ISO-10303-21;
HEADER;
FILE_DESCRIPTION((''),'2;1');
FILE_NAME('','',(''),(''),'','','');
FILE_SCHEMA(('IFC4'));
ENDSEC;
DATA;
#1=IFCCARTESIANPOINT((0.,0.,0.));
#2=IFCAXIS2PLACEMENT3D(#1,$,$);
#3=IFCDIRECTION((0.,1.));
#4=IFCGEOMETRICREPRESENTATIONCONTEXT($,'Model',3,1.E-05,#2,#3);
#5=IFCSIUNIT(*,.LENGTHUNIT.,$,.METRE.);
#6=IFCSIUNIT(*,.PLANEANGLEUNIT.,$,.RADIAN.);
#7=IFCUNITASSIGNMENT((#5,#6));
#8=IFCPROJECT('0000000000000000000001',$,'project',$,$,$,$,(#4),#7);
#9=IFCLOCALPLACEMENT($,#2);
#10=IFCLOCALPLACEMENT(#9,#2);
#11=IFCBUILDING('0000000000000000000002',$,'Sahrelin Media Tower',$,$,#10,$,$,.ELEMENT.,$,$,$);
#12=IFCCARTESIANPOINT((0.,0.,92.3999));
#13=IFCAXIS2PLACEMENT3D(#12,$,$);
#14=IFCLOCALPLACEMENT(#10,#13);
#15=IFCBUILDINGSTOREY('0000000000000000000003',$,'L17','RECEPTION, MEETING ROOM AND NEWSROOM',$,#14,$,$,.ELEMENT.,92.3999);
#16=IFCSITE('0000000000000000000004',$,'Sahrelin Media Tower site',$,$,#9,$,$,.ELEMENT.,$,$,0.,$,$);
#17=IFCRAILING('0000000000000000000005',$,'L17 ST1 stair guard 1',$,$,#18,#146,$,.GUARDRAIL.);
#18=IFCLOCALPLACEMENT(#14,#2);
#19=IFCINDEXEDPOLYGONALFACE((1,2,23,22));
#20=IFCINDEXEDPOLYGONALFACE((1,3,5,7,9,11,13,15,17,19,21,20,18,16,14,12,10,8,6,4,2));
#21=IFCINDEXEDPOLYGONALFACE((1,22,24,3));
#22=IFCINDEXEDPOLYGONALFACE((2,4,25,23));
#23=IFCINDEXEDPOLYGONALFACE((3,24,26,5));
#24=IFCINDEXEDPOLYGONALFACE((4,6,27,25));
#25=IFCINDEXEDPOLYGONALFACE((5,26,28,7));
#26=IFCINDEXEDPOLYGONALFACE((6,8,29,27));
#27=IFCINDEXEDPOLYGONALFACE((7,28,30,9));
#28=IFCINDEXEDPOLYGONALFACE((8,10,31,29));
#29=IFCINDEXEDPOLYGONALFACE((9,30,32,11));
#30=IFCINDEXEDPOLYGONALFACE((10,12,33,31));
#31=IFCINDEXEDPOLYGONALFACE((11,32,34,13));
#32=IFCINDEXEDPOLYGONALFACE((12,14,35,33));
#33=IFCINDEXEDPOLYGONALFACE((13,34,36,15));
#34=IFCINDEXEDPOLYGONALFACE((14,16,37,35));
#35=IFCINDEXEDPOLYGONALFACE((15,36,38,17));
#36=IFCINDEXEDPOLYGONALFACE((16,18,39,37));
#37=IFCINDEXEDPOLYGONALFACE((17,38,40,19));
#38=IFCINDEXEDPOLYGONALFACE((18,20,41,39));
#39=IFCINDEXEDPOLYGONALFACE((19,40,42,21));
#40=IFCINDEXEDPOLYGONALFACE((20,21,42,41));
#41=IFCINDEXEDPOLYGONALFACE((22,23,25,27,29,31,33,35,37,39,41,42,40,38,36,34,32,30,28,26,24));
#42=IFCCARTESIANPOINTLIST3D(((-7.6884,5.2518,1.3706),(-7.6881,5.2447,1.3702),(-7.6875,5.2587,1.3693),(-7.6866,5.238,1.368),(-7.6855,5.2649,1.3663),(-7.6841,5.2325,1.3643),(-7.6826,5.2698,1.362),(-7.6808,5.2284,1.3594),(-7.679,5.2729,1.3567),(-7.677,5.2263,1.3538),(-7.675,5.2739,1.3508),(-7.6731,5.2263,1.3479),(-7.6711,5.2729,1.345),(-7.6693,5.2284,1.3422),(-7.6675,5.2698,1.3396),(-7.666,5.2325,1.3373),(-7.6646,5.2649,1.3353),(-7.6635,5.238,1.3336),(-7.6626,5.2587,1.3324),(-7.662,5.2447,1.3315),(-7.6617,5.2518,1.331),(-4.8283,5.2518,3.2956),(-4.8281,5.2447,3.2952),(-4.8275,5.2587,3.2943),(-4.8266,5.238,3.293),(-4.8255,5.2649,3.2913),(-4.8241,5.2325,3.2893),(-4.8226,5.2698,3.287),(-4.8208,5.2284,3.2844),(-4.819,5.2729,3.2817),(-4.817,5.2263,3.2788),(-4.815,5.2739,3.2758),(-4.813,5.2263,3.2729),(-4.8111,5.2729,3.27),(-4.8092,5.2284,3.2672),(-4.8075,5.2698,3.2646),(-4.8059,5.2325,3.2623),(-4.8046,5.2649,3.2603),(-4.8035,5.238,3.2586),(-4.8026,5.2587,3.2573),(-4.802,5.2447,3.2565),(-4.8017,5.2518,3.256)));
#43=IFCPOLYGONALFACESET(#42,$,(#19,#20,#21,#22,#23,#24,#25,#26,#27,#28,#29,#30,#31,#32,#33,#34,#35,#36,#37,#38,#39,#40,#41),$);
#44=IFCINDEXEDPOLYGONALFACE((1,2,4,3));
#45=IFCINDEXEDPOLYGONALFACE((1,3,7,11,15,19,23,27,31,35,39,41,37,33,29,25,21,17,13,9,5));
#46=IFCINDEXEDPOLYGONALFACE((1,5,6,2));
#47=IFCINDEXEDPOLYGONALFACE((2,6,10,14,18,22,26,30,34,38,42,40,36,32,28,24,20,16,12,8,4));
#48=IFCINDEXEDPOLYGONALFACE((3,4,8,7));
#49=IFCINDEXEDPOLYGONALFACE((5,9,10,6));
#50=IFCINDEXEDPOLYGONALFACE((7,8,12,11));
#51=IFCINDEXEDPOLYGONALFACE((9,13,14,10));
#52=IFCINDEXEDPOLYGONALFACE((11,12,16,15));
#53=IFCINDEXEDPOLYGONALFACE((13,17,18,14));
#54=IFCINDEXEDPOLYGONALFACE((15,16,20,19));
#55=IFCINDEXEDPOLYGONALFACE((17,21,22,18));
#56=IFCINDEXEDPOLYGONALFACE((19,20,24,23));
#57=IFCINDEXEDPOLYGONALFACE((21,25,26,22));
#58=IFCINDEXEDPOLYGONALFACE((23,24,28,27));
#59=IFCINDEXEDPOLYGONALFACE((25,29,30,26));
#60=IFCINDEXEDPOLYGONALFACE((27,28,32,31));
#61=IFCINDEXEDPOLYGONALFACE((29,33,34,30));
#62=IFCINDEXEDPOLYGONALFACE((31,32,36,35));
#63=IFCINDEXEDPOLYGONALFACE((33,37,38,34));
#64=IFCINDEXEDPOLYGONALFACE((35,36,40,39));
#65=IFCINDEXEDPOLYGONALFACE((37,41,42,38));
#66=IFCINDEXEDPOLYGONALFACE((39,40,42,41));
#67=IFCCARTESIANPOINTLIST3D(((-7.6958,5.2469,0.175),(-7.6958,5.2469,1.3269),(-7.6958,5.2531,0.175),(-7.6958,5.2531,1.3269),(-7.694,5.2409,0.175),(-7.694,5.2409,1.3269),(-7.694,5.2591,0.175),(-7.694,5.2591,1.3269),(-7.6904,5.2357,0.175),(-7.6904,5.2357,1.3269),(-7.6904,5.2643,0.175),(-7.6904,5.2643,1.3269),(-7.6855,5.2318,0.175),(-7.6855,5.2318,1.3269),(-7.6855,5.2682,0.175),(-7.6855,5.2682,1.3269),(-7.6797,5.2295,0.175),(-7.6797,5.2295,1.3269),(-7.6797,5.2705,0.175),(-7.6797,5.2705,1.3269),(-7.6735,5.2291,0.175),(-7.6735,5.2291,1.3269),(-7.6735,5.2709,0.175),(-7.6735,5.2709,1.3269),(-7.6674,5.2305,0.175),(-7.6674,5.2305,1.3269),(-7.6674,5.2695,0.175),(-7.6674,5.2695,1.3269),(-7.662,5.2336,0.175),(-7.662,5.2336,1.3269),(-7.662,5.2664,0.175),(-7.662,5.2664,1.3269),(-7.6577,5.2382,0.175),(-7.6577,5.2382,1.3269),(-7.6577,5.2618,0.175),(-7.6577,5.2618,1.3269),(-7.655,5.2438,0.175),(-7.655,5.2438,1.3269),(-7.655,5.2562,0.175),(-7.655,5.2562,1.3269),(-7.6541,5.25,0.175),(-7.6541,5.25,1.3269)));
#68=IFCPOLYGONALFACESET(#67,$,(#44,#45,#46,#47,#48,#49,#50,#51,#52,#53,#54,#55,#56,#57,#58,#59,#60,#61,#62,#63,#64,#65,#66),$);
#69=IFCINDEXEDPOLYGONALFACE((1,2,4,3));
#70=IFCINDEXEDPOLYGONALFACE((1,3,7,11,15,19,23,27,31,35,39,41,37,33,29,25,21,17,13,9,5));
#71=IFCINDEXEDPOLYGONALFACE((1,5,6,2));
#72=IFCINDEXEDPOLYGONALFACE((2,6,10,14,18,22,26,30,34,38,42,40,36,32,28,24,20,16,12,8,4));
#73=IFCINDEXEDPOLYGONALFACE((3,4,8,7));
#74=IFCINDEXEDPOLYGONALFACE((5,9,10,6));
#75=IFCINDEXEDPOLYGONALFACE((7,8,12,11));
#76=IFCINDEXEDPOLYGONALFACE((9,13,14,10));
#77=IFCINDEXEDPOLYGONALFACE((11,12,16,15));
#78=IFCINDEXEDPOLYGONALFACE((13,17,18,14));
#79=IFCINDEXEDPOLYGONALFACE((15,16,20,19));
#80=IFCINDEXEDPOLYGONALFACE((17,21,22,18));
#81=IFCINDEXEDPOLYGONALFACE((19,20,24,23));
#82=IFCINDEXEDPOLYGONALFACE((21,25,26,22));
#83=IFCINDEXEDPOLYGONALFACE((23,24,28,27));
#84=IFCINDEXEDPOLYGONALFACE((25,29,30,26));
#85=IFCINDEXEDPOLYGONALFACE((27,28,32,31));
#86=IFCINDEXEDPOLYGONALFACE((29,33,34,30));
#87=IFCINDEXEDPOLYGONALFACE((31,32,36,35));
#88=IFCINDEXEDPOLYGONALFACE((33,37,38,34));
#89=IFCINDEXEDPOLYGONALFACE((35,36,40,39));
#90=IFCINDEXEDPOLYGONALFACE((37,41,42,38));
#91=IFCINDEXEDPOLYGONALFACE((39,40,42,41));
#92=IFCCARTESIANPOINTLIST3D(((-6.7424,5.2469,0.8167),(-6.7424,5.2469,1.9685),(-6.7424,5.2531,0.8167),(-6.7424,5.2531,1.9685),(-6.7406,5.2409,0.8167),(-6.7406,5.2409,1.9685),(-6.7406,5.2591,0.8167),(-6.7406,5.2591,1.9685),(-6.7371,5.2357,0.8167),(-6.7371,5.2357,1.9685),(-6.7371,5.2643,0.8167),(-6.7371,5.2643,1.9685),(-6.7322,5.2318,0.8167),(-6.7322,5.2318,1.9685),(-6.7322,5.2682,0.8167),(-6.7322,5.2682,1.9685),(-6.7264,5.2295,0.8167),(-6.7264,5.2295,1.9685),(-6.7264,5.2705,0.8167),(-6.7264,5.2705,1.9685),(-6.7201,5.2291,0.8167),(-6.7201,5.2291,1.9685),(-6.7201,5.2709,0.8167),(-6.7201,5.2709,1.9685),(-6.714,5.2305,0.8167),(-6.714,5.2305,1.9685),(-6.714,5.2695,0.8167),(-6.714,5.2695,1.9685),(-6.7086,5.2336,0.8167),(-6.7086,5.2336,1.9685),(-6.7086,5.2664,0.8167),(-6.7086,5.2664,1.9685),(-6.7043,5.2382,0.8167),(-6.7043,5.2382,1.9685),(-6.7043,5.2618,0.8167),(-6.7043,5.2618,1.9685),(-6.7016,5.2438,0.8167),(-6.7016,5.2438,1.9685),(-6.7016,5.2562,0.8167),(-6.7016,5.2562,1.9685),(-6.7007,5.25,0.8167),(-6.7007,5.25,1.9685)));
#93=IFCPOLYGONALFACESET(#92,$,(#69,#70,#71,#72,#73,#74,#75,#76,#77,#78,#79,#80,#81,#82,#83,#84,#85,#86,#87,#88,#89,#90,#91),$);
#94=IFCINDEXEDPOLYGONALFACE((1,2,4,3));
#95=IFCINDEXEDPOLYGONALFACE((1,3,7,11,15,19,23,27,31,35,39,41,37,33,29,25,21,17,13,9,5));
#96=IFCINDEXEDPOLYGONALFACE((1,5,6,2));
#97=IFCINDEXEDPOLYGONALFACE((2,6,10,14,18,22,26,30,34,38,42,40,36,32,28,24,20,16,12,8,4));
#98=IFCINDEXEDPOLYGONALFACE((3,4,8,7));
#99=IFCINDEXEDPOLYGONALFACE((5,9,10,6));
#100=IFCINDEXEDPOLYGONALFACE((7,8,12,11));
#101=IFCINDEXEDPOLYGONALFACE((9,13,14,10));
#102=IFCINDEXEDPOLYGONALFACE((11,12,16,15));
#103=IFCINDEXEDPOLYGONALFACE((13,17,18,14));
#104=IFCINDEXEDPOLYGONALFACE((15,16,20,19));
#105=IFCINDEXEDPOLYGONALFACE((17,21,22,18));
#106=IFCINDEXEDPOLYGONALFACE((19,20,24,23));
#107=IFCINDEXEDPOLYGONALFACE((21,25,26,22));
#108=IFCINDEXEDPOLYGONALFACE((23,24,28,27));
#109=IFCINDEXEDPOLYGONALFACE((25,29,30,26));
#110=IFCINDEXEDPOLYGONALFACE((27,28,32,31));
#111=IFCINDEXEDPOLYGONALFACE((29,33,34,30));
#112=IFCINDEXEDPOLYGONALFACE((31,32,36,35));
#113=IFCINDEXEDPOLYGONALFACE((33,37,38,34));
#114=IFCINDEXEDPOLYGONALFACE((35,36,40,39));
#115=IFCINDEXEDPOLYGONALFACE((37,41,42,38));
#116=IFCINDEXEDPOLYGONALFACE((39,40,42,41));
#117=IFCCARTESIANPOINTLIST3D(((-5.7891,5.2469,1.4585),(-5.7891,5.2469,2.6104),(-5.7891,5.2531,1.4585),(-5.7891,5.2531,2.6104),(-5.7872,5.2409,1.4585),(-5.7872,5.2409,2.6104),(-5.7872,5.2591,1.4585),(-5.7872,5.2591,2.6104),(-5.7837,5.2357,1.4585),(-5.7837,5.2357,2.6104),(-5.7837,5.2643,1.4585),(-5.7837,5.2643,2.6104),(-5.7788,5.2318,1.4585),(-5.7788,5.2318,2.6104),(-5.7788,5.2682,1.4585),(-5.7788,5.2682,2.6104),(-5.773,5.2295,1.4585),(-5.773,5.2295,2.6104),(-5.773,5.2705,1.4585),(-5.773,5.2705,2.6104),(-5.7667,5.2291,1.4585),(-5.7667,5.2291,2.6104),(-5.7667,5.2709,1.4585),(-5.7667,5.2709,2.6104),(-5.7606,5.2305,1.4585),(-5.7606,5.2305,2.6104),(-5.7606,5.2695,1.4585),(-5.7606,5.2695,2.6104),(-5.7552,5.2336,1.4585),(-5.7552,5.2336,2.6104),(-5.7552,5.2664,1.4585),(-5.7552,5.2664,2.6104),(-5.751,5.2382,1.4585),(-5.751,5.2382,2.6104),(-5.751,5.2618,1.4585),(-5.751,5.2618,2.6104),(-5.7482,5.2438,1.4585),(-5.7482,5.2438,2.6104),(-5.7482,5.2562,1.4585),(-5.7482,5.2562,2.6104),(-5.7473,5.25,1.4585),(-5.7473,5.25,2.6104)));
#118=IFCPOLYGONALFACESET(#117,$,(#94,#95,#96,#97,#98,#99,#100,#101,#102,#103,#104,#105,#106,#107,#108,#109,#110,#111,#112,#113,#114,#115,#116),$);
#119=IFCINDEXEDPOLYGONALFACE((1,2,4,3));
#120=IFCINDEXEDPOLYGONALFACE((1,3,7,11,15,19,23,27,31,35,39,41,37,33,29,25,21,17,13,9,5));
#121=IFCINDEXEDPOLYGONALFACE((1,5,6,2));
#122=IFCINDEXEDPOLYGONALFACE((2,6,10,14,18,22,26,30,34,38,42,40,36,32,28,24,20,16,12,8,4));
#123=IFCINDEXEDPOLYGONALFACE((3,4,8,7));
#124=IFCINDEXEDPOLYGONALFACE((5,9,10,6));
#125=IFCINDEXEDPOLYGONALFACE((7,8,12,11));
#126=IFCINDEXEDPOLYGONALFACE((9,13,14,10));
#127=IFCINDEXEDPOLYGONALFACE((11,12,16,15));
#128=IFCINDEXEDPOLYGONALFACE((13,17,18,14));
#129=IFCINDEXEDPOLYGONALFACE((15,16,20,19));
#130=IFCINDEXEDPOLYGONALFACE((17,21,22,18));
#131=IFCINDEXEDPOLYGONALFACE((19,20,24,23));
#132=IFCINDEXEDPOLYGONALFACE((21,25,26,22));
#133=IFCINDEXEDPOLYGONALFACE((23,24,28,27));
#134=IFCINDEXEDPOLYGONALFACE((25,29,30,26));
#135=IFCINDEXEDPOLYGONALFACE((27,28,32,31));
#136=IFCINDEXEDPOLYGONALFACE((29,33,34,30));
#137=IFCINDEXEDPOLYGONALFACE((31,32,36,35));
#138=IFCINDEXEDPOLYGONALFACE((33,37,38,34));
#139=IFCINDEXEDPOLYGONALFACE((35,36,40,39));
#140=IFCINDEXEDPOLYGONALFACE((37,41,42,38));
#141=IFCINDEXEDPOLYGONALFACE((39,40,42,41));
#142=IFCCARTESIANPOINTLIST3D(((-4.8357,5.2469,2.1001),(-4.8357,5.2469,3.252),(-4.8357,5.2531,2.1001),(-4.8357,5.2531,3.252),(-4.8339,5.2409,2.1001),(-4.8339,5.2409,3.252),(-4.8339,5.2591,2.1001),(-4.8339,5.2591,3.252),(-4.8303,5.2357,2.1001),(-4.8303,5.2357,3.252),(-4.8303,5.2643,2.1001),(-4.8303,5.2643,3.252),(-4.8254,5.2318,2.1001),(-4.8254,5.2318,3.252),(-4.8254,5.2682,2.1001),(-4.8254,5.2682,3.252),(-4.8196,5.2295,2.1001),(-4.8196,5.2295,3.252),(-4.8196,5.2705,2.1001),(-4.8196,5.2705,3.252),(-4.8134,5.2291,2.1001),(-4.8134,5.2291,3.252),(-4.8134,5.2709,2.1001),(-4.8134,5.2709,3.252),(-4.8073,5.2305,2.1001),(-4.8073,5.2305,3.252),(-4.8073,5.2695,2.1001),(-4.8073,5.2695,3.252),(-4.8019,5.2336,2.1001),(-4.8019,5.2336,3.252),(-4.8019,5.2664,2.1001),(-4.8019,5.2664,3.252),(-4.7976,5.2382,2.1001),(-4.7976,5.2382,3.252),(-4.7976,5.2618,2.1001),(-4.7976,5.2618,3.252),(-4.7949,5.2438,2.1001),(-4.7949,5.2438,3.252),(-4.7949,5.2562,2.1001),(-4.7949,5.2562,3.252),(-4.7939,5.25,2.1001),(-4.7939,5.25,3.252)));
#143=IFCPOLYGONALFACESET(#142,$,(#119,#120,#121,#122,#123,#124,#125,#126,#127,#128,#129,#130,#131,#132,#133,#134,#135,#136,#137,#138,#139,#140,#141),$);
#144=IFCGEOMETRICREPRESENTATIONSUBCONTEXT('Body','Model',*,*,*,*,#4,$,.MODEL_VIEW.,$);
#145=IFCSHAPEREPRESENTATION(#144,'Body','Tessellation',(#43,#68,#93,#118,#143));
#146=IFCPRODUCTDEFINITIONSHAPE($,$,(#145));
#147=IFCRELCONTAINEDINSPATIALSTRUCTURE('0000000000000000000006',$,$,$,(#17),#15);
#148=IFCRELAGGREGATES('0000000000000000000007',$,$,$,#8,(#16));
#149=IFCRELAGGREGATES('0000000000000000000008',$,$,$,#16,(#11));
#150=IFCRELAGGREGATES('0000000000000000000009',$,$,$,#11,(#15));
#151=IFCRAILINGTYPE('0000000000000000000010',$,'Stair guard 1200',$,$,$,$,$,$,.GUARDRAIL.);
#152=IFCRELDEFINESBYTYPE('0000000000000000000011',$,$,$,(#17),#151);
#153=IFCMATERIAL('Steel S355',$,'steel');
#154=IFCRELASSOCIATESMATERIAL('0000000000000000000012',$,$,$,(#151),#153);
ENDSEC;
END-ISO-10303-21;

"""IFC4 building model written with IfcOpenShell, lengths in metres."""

from ifc_helpers import new_model, si_unit, direction, frame, origin, origin_2d, place, context, subcontext, project, spatial, circle, extrude, material, type_object, element, save


model = new_model("IFC4")

# Units and contexts
model_context = context("Model", 3, precision=1e-05, world=origin(), true_north=direction((0.0, 1.0)))
body_context = subcontext(model_context, "Body", "Model", "MODEL_VIEW")
ifc_project = project(units=[si_unit("LENGTHUNIT", "METRE"), si_unit("PLANEANGLEUNIT", "RADIAN")], contexts=[model_context])

# Site, building, storey
site_placement = place(None, origin())
site = spatial("IfcSite", under=ifc_project, at=site_placement, Name="Sahrelin Media Tower site", CompositionType="ELEMENT", RefElevation=0.0)
building_placement = place(site_placement, origin())
building = spatial("IfcBuilding", under=site, at=building_placement, Name="Sahrelin Media Tower", CompositionType="ELEMENT")
storey_placement = place(building_placement, frame((0.0, 0.0, 92.3999)))
storey = spatial("IfcBuildingStorey", under=building, at=storey_placement, Name="L17", Description="RECEPTION, MEETING ROOM AND NEWSROOM", CompositionType="ELEMENT", Elevation=92.3999)

# Shared definitions
ifc_material_1 = material(Name="Steel S355", Category="steel")

# Railing
railing_type_1 = type_object("IfcRailingType", Name="Stair guard 1200", PredefinedType="GUARDRAIL", material=ifc_material_1)
railing_1_placement = place(storey_placement, frame((-7.675, 5.25, 0.175)))
element("IfcRailing", 1, at=railing_1_placement, inside=storey, type_object=railing_type_1, Name="L17 ST1 stair guard 1", PredefinedType="GUARDRAIL", context=body_context, shape_type="SweptSolid", body=[
    extrude(circle(Radius=0.0239, at=origin_2d()), frame((0.0, 0.0, 1.1758), z_axis=(0.829591, 0.0, 0.558372), x_axis=(0.0, 1.0, 0.0)), (0.0, 0.0, 1.0), 3.4475),
    extrude(circle(Radius=0.021, at=origin_2d()), origin(), (0.0, 0.0, 1.0), 1.1519),
    extrude(circle(Radius=0.021, at=origin_2d()), frame((0.9534, 0.0, 0.6416)), (0.0, 0.0, 1.0), 1.1519),
    extrude(circle(Radius=0.021, at=origin_2d()), frame((1.9067, 0.0, 1.2834)), (0.0, 0.0, 1.0), 1.1519),
    extrude(circle(Radius=0.021, at=origin_2d()), frame((2.8601, 0.0, 1.925)), (0.0, 0.0, 1.0), 1.1519),
])

save(model, "model.ifc")
